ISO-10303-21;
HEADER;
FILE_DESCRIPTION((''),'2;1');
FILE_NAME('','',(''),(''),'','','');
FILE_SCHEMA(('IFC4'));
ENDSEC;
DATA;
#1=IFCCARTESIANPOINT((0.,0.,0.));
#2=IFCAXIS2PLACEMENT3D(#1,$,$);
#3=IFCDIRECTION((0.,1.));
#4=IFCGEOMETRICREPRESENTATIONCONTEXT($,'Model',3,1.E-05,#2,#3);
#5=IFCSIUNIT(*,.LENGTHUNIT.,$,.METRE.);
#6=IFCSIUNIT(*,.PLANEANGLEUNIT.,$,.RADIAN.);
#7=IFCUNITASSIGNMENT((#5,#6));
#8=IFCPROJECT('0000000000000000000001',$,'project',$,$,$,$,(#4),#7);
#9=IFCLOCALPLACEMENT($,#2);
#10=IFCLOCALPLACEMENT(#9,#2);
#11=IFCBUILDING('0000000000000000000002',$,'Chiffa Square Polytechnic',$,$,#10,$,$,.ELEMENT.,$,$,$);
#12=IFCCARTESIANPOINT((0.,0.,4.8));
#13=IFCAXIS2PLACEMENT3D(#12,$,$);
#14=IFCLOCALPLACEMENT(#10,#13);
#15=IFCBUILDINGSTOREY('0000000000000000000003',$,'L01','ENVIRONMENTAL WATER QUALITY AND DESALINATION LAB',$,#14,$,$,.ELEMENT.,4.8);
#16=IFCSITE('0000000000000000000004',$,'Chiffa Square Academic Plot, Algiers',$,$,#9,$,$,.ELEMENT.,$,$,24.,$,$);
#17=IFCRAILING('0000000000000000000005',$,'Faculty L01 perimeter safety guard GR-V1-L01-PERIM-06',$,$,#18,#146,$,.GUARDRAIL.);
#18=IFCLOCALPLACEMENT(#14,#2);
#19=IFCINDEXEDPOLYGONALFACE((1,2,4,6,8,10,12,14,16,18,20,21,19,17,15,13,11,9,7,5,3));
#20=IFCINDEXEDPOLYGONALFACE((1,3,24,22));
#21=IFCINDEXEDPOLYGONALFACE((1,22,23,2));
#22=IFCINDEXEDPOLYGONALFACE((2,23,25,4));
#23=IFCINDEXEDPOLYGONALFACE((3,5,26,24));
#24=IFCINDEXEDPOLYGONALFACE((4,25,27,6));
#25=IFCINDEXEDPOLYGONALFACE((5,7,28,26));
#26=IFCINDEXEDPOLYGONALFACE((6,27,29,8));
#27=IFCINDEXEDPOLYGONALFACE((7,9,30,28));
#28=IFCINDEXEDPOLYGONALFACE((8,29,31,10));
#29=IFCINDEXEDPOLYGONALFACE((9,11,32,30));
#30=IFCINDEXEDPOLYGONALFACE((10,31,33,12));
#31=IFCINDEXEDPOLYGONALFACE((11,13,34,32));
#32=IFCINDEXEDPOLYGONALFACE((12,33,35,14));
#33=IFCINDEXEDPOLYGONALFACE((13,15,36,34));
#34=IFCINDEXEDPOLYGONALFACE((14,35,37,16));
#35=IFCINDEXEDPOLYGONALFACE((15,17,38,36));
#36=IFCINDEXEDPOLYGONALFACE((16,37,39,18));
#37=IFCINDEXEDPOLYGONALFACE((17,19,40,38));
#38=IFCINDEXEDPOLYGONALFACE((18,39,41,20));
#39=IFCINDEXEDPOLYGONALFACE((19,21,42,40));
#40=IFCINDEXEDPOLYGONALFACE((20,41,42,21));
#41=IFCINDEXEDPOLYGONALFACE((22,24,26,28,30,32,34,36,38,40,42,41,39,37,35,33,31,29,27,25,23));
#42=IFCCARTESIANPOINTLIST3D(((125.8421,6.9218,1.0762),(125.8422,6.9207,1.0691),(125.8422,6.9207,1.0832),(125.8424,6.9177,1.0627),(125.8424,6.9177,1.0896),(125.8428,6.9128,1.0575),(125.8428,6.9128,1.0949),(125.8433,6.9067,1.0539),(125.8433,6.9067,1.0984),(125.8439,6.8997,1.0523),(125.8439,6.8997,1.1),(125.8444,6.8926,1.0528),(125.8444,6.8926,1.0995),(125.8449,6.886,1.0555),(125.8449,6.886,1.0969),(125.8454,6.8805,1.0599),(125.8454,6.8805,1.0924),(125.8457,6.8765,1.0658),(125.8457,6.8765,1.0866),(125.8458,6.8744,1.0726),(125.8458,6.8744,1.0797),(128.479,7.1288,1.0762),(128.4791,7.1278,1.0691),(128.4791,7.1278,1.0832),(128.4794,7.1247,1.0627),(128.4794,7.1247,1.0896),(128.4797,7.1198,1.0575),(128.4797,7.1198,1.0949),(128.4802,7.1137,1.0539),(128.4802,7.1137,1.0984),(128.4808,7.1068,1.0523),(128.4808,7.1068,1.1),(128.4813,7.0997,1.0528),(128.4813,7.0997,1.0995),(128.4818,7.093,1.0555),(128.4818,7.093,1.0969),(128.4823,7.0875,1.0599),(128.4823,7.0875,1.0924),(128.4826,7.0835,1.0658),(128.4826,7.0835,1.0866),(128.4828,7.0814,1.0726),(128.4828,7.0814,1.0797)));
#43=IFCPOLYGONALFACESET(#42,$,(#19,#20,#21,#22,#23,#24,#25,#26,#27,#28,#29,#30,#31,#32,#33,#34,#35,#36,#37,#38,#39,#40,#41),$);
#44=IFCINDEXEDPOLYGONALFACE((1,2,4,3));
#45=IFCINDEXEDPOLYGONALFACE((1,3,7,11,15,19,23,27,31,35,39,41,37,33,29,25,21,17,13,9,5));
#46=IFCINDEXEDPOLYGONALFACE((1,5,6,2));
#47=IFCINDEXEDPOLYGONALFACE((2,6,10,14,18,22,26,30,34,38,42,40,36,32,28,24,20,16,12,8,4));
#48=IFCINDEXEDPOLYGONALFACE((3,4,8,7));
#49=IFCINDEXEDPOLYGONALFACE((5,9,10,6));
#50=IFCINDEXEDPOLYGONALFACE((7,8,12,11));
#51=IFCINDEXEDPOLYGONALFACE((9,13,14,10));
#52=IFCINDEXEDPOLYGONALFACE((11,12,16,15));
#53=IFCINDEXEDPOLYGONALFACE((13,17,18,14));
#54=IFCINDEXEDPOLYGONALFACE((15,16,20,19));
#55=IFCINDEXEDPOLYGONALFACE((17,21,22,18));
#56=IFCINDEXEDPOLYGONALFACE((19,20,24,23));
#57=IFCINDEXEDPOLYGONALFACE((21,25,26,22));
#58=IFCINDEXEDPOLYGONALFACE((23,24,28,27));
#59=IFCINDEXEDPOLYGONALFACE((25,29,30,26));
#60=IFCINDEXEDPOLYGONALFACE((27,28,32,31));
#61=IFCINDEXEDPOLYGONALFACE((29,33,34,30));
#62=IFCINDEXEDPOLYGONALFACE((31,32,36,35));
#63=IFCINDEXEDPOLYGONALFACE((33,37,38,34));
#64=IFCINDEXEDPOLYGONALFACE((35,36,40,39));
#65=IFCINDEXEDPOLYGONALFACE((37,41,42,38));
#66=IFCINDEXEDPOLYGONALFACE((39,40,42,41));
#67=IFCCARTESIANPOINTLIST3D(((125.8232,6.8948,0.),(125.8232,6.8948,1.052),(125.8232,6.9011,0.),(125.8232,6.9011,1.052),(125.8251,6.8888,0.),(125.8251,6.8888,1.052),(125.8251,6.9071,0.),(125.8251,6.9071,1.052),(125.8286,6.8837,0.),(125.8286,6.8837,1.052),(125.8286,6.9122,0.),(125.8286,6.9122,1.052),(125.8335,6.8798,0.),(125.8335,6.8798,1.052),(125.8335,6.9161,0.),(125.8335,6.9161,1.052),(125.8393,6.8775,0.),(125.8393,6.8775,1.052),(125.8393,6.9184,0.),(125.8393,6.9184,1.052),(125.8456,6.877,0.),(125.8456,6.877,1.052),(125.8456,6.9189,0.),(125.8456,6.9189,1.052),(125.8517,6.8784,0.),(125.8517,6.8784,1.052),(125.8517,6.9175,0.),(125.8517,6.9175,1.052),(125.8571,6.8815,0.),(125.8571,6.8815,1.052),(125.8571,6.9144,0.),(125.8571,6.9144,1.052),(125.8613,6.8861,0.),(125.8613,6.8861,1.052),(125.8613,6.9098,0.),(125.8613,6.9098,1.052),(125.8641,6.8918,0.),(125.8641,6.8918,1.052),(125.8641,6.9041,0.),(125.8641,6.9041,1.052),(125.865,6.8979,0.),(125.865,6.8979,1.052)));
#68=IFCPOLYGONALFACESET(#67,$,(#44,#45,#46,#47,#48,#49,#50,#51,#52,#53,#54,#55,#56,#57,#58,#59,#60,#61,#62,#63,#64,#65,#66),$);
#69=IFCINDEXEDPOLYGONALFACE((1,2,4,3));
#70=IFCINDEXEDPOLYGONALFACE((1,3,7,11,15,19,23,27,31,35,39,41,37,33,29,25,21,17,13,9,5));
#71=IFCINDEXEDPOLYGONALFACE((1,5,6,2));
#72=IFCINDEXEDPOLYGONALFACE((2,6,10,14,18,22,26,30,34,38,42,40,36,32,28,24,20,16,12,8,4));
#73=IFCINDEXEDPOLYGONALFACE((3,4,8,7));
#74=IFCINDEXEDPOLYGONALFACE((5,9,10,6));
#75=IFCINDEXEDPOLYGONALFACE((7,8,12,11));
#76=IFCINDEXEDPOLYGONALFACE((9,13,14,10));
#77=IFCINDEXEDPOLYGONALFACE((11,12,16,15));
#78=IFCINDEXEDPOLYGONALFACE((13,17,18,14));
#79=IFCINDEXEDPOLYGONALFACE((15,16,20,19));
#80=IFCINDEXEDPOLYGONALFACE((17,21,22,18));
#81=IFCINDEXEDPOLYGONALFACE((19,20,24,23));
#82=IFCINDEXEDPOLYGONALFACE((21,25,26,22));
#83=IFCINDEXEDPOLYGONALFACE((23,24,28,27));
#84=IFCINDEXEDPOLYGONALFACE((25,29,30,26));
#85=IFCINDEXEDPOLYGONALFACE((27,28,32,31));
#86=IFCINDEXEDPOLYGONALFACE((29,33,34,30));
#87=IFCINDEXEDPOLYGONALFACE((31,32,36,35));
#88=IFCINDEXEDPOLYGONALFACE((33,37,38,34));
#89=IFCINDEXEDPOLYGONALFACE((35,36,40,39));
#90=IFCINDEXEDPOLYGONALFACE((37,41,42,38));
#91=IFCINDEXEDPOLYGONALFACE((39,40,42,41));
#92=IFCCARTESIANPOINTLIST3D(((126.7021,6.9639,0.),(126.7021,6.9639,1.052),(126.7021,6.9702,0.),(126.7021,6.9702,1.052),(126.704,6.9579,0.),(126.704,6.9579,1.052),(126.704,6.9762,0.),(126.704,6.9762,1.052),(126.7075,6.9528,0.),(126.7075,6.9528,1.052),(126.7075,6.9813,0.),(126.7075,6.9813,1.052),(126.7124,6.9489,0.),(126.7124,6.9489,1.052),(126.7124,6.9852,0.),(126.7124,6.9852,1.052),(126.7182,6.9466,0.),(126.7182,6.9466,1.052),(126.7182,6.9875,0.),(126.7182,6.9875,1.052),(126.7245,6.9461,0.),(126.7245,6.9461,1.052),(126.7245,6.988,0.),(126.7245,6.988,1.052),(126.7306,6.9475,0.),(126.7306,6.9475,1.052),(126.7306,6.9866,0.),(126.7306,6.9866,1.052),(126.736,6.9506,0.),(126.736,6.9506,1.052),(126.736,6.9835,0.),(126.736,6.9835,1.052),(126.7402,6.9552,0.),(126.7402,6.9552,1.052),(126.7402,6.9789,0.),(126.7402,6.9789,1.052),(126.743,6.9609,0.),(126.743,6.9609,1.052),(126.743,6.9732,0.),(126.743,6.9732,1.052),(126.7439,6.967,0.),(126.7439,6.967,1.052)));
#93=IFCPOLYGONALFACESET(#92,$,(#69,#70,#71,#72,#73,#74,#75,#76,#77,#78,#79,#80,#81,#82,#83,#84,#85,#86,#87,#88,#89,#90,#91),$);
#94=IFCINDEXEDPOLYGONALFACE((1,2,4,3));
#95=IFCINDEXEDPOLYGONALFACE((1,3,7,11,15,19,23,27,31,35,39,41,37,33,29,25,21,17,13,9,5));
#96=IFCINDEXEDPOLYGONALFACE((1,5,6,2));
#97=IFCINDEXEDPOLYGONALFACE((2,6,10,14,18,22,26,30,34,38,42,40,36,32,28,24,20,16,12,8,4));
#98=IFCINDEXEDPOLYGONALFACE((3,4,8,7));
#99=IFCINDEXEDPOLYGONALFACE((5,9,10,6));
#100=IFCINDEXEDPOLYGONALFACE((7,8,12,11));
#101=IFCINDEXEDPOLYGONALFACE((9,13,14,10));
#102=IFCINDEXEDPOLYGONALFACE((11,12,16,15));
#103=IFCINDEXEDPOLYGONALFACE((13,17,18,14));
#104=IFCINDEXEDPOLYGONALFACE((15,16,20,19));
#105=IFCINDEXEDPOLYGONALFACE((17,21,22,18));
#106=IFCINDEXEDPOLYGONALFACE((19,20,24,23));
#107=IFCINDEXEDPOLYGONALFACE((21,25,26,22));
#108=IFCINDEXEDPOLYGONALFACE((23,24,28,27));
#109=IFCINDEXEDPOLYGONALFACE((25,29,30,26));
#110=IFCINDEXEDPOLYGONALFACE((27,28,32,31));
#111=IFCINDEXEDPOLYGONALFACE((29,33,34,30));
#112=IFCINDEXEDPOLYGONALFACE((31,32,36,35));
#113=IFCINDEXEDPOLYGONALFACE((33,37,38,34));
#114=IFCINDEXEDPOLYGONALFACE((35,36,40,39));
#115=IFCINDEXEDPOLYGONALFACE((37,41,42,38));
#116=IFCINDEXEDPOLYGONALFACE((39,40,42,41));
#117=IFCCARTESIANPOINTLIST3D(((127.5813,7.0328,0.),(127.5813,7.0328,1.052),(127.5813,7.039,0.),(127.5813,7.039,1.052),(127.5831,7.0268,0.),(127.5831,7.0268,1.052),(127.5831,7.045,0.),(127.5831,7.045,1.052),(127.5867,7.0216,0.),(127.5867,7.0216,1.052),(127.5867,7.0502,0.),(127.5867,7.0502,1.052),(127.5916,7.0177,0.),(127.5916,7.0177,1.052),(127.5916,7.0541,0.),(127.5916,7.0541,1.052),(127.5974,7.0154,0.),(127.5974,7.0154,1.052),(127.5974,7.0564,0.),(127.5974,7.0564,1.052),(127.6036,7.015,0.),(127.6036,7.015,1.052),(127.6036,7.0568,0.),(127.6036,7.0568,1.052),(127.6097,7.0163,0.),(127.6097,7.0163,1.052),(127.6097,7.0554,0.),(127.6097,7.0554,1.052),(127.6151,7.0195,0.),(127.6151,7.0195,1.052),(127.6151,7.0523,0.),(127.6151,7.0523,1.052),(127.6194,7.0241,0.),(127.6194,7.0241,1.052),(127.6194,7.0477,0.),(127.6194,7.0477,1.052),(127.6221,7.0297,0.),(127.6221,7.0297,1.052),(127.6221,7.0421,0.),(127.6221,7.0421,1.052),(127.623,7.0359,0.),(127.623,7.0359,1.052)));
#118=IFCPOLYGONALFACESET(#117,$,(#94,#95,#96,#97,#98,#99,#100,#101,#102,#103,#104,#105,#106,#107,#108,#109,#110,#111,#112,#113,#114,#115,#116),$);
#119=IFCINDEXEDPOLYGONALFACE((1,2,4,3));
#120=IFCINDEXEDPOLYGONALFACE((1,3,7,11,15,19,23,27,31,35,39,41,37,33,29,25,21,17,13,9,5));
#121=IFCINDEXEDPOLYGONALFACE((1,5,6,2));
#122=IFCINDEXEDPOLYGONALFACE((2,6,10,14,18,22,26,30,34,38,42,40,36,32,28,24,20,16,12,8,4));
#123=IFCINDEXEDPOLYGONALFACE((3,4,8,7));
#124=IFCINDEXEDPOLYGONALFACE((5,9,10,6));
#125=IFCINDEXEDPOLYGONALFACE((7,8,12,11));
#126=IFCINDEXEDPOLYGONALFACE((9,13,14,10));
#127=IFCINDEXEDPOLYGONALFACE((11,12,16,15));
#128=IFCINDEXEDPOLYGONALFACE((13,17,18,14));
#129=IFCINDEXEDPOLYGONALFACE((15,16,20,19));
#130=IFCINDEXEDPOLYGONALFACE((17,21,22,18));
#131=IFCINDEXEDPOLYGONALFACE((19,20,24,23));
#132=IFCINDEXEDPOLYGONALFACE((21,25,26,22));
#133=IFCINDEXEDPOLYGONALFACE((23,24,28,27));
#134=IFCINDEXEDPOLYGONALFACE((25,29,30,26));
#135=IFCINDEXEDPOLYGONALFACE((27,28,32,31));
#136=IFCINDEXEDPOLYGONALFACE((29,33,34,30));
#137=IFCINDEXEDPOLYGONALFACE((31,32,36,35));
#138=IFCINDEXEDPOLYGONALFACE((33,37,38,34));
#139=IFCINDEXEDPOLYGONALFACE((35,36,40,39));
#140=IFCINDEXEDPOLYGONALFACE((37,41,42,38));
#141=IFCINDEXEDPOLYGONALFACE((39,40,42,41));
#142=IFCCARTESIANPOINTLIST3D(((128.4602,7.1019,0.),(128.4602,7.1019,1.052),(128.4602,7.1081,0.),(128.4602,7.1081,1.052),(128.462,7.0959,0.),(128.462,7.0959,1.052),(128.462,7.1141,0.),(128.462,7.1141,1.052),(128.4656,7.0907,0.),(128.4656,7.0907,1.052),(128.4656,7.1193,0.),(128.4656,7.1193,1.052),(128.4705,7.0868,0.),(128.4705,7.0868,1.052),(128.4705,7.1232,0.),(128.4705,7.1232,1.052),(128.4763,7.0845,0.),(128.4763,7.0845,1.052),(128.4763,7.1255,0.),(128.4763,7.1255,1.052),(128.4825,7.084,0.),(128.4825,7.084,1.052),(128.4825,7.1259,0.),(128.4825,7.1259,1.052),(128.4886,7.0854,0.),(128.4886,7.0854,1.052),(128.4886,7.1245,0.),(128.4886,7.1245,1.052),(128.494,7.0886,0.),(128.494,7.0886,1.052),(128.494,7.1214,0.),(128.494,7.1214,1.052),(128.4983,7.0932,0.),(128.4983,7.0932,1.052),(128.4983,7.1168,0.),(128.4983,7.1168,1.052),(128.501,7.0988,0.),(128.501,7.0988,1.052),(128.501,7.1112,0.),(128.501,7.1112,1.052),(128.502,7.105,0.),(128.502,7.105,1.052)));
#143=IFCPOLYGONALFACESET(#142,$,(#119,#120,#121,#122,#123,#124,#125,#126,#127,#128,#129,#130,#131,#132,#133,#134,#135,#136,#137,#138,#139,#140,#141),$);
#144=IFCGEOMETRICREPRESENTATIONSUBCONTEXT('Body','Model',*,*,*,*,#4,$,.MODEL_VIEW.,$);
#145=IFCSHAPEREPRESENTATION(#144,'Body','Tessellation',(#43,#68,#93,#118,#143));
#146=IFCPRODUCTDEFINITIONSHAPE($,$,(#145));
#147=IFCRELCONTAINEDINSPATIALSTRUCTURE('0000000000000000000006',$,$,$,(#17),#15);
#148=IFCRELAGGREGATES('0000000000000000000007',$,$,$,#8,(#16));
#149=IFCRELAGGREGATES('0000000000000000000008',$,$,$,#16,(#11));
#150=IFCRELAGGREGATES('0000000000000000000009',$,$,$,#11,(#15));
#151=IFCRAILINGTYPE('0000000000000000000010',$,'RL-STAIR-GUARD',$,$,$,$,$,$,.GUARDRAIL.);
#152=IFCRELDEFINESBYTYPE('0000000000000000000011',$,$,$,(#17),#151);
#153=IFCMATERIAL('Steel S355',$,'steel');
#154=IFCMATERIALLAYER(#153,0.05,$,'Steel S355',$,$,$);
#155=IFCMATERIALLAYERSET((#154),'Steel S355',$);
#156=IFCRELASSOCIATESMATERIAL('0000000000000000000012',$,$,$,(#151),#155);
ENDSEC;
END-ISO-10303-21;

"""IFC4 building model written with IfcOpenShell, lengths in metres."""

from ifc_helpers import new_model, si_unit, direction, frame, origin, origin_2d, place, context, subcontext, project, spatial, circle, extrude, material, layer, layer_set, type_object, element, save


model = new_model("IFC4")

# Units and contexts
model_context = context("Model", 3, precision=1e-05, world=origin(), true_north=direction((0.0, 1.0)))
body_context = subcontext(model_context, "Body", "Model", "MODEL_VIEW")
ifc_project = project(units=[si_unit("LENGTHUNIT", "METRE"), si_unit("PLANEANGLEUNIT", "RADIAN")], contexts=[model_context])

# Site, building, storey
site_placement = place(None, origin())
site = spatial("IfcSite", under=ifc_project, at=site_placement, Name="Chiffa Square Academic Plot, Algiers", CompositionType="ELEMENT", RefElevation=24.0)
building_placement = place(site_placement, origin())
building = spatial("IfcBuilding", under=site, at=building_placement, Name="Chiffa Square Polytechnic", CompositionType="ELEMENT")
storey_placement = place(building_placement, frame((0.0, 0.0, 4.8)))
storey = spatial("IfcBuildingStorey", under=building, at=storey_placement, Name="L01", Description="ENVIRONMENTAL WATER QUALITY AND DESALINATION LAB", CompositionType="ELEMENT", Elevation=4.8)

# Railing
ifc_material_1 = material(Name="Steel S355", Category="steel")
ifc_layer_1 = layer(ifc_material_1, 0.05, Name="Steel S355")
ifc_layer_set_1 = layer_set([ifc_layer_1], Name="Steel S355")
railing_type = type_object("IfcRailingType", Name="RL-STAIR-GUARD", PredefinedType="GUARDRAIL", material=ifc_layer_set_1)
railing_1_placement = place(storey_placement, frame((125.844, 6.8979, 0.0)))
element("IfcRailing", 1, at=railing_1_placement, inside=storey, type_object=railing_type, Name="Faculty L01 perimeter safety guard GR-V1-L01-PERIM-06", PredefinedType="GUARDRAIL", context=body_context, shape_type="SweptSolid", body=[
    extrude(circle(Radius=0.0239, at=origin_2d()), frame((0.0, 0.0, 1.0762), z_axis=(0.996932, 0.07827, 0.0), x_axis=(-0.07827, 0.996932, 0.0)), (0.0, 0.0, 1.0), 2.645),
    extrude(circle(Radius=0.021, at=origin_2d()), origin(), (0.0, 0.0, 1.0), 1.052),
    extrude(circle(Radius=0.021, at=origin_2d()), frame((0.8789, 0.0691, 0.0)), (0.0, 0.0, 1.0), 1.052),
    extrude(circle(Radius=0.021, at=origin_2d()), frame((1.7581, 0.1379, 0.0)), (0.0, 0.0, 1.0), 1.052),
    extrude(circle(Radius=0.021, at=origin_2d()), frame((2.637, 0.207, 0.0)), (0.0, 0.0, 1.0), 1.052),
])

save(model, "model.ifc")
